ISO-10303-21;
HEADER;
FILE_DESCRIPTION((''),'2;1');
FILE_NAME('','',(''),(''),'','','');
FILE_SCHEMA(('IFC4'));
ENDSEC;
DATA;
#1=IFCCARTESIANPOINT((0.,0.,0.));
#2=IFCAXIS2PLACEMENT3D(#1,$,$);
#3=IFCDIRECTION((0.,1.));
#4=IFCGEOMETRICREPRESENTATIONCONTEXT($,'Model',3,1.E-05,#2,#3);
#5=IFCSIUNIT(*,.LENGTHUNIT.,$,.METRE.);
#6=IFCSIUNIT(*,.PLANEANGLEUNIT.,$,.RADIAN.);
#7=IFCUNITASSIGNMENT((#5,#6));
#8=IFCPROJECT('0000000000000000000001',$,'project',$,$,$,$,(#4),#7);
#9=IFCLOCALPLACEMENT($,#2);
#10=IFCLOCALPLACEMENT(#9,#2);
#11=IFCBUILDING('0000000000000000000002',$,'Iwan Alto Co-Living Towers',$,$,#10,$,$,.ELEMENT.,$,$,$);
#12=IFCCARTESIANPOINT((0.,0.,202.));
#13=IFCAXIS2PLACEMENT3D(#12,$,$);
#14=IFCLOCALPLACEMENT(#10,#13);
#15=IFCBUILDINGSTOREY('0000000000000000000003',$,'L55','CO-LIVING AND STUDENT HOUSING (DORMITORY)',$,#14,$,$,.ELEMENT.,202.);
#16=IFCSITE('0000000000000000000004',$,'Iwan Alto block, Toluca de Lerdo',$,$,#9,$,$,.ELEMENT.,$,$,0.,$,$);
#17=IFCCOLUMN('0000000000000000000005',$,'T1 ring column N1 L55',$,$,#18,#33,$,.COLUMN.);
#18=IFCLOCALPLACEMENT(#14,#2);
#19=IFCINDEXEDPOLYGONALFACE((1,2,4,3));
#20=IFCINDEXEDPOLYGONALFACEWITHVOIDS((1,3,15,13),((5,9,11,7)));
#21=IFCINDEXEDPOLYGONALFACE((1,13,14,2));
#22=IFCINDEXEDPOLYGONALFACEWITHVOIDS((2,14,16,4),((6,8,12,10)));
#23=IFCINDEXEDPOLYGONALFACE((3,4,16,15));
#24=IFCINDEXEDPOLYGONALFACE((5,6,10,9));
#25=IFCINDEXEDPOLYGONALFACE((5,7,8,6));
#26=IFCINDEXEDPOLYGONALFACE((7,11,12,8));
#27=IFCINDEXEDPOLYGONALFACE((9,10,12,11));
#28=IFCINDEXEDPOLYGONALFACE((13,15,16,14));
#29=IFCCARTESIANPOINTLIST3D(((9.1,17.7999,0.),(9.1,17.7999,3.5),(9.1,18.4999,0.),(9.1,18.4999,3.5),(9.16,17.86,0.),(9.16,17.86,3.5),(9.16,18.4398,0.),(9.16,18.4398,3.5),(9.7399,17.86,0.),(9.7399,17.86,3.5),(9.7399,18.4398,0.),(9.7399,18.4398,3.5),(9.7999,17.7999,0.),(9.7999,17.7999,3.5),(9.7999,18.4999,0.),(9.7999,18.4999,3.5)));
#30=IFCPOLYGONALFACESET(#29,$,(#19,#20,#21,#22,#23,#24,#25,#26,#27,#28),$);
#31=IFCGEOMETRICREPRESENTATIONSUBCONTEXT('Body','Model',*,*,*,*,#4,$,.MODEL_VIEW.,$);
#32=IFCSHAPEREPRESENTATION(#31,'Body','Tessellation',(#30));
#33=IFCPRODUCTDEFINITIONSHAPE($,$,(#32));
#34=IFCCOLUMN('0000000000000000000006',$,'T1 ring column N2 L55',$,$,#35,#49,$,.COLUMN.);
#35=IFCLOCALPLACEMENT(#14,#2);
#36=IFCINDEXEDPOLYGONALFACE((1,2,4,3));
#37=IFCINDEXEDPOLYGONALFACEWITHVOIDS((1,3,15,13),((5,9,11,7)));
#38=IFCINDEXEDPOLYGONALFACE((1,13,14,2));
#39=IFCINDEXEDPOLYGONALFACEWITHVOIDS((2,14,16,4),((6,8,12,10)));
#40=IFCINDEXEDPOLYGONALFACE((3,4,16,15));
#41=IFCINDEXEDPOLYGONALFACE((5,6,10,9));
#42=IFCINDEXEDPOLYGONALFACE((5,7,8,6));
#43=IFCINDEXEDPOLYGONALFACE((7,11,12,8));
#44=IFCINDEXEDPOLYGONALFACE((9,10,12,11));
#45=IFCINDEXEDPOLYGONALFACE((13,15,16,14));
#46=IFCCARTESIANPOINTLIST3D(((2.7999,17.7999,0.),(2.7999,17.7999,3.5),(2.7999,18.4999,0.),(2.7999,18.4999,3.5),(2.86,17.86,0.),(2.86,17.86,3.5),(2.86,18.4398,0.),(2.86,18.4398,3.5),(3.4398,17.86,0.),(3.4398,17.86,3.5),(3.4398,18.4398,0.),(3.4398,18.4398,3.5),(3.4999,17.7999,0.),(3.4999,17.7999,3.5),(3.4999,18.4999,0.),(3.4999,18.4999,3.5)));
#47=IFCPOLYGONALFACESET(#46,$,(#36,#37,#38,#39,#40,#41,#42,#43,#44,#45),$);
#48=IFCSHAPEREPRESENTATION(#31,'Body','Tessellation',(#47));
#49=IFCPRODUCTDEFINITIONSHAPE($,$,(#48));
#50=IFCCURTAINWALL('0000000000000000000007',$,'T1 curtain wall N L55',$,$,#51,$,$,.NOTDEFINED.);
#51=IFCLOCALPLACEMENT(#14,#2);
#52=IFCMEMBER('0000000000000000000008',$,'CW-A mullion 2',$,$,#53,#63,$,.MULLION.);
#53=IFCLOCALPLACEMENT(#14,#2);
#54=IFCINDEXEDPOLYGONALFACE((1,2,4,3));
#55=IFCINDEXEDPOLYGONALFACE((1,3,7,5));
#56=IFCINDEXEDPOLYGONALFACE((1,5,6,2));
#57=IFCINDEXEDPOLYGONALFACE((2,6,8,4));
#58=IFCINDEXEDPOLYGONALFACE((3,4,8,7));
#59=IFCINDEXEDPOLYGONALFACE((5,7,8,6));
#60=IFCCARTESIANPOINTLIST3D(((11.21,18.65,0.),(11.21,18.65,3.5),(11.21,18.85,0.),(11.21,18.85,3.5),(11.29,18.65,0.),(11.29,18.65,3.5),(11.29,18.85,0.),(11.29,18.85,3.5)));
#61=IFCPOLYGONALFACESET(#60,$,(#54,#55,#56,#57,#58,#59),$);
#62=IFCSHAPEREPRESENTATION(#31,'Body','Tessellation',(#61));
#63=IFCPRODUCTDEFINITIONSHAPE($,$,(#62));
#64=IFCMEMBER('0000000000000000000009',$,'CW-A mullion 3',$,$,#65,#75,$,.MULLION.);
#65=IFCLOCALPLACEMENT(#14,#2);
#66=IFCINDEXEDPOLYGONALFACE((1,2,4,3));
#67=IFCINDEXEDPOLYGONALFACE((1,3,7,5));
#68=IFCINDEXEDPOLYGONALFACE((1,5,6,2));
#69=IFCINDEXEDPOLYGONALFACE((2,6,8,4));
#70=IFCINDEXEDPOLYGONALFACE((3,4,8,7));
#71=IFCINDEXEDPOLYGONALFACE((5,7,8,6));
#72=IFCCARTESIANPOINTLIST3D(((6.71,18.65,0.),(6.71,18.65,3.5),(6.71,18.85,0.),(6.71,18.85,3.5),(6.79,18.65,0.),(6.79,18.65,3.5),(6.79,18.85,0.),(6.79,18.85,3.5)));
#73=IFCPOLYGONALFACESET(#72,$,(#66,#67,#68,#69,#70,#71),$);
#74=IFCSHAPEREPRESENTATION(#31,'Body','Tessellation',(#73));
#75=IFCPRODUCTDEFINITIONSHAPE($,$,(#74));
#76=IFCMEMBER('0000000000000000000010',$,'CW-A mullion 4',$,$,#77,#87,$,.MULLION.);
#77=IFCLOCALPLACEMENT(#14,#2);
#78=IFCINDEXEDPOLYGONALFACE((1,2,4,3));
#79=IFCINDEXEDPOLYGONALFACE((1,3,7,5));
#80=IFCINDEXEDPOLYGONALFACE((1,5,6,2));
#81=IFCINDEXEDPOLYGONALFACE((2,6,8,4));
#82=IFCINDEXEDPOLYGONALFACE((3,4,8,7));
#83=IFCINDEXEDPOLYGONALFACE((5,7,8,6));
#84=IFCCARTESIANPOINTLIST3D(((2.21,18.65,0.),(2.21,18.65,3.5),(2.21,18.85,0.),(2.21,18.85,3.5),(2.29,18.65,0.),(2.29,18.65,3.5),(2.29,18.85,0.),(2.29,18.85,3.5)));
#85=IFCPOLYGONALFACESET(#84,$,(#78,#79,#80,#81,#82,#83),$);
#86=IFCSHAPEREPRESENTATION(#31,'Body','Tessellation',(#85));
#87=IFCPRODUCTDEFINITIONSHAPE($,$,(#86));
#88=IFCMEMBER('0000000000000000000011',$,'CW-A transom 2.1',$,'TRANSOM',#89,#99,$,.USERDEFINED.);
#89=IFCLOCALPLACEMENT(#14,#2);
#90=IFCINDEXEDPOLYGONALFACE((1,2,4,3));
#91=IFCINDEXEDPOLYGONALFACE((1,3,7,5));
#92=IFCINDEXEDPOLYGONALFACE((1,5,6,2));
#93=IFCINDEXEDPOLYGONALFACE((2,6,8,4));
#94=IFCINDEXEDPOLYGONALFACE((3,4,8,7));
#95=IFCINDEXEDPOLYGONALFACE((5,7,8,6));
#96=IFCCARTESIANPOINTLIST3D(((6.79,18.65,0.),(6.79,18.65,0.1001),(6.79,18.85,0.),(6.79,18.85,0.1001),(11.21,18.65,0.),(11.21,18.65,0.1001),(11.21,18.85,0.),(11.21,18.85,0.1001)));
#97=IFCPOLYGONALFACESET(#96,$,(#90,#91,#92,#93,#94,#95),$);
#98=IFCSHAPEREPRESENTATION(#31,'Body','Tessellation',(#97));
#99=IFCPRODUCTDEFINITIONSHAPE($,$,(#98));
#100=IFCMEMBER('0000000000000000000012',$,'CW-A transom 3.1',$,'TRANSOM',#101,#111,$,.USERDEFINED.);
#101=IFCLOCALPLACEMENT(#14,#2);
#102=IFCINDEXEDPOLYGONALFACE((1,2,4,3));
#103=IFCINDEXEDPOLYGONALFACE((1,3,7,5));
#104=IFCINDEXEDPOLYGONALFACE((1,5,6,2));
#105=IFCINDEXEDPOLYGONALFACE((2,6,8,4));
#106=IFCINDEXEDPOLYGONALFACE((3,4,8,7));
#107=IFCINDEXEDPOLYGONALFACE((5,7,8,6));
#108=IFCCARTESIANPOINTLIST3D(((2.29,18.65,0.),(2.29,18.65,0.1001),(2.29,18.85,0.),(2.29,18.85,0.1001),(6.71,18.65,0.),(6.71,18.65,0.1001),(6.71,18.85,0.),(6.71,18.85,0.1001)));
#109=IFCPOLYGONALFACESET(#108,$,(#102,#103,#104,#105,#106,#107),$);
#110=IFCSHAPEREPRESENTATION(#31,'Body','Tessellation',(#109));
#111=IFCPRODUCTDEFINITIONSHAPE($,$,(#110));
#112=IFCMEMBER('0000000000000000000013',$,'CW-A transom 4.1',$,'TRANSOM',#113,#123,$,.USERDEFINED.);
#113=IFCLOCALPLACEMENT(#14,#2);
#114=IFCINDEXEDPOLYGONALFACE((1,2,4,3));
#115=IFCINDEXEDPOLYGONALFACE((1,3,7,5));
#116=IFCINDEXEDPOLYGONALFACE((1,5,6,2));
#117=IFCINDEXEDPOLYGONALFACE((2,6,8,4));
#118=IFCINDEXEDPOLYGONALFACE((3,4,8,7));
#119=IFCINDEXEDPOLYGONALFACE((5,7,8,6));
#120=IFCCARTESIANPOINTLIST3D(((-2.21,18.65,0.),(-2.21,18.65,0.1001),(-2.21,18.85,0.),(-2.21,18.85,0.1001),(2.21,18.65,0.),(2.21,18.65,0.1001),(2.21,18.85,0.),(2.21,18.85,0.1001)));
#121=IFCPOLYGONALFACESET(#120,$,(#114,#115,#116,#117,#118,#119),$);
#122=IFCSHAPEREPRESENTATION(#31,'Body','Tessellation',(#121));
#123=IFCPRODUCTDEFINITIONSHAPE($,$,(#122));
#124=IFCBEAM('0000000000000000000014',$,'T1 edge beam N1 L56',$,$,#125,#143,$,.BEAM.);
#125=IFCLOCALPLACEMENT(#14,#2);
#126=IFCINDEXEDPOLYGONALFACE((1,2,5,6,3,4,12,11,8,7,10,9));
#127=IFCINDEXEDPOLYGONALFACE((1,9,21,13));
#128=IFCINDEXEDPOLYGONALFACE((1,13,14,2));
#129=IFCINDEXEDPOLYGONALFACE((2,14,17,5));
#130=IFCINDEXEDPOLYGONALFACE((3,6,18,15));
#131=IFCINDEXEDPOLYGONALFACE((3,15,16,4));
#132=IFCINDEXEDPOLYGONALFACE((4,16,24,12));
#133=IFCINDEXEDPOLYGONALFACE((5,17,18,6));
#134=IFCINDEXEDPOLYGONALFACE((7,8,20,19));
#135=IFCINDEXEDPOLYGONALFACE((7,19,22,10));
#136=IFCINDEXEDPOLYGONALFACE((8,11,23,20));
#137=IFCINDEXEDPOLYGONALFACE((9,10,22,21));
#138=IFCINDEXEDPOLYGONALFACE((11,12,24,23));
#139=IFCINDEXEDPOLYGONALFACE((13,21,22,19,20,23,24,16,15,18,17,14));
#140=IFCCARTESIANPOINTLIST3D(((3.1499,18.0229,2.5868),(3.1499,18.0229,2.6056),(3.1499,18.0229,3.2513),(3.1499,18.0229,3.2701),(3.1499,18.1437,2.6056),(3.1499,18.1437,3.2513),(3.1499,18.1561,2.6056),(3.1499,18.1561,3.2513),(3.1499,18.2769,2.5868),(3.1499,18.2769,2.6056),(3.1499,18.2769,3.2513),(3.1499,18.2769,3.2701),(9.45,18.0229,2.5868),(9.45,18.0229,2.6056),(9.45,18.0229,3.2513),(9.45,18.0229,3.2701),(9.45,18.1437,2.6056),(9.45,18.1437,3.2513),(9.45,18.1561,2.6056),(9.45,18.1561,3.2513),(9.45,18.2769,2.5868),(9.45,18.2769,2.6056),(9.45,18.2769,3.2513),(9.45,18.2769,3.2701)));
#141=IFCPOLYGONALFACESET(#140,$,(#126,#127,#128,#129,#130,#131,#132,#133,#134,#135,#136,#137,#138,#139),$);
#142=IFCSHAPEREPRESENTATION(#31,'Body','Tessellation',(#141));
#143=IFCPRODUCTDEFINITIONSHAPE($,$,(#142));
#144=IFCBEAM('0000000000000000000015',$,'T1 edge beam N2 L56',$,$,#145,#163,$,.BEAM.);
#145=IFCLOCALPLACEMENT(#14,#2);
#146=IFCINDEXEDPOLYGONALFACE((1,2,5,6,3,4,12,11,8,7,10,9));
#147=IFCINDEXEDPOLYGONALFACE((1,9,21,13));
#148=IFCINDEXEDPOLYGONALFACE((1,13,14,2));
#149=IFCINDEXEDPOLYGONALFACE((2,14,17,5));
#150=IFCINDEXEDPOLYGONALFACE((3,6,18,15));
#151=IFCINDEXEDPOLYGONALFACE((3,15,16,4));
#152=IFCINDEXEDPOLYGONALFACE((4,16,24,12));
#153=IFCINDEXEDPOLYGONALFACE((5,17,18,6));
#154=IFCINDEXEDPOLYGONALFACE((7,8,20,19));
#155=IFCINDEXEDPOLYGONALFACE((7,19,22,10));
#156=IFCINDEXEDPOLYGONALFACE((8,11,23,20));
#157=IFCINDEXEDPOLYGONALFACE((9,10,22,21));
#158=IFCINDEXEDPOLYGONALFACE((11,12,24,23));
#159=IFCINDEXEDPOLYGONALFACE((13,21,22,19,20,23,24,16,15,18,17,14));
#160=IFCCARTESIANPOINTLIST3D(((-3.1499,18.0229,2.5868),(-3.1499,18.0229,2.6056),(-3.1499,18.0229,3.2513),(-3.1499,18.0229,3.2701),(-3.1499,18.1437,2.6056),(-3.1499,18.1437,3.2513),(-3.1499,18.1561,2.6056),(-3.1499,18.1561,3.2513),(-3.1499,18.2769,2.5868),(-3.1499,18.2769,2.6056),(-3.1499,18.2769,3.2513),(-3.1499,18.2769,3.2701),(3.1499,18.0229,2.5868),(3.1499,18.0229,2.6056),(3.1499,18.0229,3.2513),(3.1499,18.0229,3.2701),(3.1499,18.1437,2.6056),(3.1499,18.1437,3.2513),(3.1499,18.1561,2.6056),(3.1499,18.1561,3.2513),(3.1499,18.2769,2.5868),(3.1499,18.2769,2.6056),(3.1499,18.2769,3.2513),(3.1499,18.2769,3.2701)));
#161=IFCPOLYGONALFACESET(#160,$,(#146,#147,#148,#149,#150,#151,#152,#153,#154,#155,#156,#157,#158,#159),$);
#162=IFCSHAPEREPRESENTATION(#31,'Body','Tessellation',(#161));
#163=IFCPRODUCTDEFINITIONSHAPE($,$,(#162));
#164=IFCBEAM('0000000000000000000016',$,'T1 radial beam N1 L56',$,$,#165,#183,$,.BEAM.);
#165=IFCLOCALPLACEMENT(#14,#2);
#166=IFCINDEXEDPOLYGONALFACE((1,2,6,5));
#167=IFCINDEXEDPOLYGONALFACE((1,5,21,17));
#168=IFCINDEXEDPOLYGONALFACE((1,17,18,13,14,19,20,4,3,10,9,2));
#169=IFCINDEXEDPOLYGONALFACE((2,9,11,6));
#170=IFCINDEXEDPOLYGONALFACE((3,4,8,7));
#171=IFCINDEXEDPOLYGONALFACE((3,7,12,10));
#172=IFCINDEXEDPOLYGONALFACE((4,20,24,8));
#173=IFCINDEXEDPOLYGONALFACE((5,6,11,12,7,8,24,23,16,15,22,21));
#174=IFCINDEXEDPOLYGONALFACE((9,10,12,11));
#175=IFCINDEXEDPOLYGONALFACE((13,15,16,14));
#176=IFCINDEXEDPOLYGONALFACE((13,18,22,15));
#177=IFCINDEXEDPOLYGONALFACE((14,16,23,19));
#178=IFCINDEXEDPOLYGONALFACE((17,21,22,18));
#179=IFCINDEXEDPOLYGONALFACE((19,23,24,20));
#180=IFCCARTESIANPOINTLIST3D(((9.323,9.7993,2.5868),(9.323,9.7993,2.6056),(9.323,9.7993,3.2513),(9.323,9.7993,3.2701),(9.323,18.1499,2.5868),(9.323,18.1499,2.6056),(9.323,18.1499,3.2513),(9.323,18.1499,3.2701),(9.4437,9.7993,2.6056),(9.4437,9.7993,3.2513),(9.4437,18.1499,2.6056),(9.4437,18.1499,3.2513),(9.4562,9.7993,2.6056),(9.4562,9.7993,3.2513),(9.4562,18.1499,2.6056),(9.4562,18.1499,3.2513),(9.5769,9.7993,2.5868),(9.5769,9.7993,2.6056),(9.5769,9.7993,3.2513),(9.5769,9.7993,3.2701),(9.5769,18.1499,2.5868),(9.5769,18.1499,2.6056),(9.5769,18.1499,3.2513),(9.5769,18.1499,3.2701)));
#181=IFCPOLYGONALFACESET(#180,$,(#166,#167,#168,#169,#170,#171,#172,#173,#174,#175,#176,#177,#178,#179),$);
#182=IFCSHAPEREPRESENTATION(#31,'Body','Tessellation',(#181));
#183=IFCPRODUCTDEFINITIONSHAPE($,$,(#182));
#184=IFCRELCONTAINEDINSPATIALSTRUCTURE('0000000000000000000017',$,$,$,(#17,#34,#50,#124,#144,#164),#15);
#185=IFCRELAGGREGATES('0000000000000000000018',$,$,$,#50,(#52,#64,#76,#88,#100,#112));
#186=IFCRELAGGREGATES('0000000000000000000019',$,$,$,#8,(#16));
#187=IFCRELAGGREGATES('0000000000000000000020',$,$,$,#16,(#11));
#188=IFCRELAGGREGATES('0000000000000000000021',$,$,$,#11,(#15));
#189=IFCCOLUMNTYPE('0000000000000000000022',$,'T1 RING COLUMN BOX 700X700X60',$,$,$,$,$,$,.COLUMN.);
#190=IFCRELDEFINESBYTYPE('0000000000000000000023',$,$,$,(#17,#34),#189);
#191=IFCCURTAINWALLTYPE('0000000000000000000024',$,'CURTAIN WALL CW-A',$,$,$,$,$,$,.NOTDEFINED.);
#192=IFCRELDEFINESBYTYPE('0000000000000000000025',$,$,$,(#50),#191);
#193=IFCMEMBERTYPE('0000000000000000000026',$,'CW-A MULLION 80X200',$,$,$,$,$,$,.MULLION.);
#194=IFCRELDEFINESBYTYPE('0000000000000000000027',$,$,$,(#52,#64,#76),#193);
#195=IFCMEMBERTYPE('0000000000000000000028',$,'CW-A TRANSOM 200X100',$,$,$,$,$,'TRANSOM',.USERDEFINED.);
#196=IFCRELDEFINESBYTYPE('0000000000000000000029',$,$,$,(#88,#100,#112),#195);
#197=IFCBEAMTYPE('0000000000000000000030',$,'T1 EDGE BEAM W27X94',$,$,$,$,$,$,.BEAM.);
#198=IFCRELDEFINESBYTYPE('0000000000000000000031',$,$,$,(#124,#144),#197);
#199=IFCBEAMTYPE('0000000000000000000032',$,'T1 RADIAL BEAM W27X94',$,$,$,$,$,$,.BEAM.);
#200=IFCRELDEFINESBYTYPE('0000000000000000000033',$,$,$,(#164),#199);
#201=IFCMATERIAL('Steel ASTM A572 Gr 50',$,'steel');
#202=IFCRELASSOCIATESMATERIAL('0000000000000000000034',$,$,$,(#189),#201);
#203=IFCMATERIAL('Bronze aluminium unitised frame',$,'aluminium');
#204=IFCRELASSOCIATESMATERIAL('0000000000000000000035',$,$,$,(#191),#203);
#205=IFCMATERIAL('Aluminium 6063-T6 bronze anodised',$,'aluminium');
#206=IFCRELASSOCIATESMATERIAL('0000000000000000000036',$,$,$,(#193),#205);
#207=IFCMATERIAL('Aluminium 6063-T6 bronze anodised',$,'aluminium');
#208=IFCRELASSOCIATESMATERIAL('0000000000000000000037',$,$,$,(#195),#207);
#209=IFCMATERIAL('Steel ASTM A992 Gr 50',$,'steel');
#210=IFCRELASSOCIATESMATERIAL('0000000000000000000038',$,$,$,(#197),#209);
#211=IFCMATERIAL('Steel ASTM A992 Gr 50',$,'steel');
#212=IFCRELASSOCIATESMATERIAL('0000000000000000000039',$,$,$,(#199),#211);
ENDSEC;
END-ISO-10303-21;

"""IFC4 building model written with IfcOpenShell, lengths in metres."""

from ifc_helpers import new_model, si_unit, direction, frame, origin, origin_2d, place, context, subcontext, project, spatial, rectangle, hollow_rectangle, i_section, extrude, material, material_profile, profile_set, type_object, element, aggregate, save


model = new_model("IFC4")

# Units and contexts
model_context = context("Model", 3, precision=1e-05, world=origin(), true_north=direction((0.0, 1.0)))
body_context = subcontext(model_context, "Body", "Model", "MODEL_VIEW")
ifc_project = project(units=[si_unit("LENGTHUNIT", "METRE"), si_unit("PLANEANGLEUNIT", "RADIAN")], contexts=[model_context])

# Site, building, storey
site_placement = place(None, origin())
site = spatial("IfcSite", under=ifc_project, at=site_placement, Name="Iwan Alto block, Toluca de Lerdo", CompositionType="ELEMENT", RefElevation=0.0)
building_placement = place(site_placement, origin())
building = spatial("IfcBuilding", under=site, at=building_placement, Name="Iwan Alto Co-Living Towers", CompositionType="ELEMENT")
storey_placement = place(building_placement, frame((0.0, 0.0, 202.0)))
storey = spatial("IfcBuildingStorey", under=building, at=storey_placement, Name="L55", Description="CO-LIVING AND STUDENT HOUSING (DORMITORY)", CompositionType="ELEMENT", Elevation=202.0)

# Columns
ifc_material_1 = material(Name="Steel ASTM A572 Gr 50", Category="steel")
ifc_material_profile_1 = material_profile(ifc_material_1, hollow_rectangle(XDim=0.7, YDim=0.7, WallThickness=0.0601, at=origin_2d()), Name="BOX 700X700X60")
ifc_profile_set_1 = profile_set([ifc_material_profile_1], Name="Steel ASTM A572 Gr 50")
column_type = type_object("IfcColumnType", Name="T1 RING COLUMN BOX 700X700X60", PredefinedType="COLUMN", material=ifc_profile_set_1)
for number, where, z_axis, x_axis, name in (
    (1, (9.45, 18.1499, 0.0), (0.0, 0.0, 1.0), (1.0, 0.0, 0.0), "T1 ring column N1 L55"),
    (2, (3.1499, 18.1499, 0.0), (0.0, 0.0, 1.0), (1.0, 0.0, 0.0), "T1 ring column N2 L55"),
):
    element("IfcColumn", number, at=place(storey_placement, frame(where, z_axis=z_axis, x_axis=x_axis)), inside=storey, type_object=column_type, Name=name, PredefinedType="COLUMN", context=body_context, shape_type="SweptSolid", body=[
        extrude(hollow_rectangle(XDim=0.7, YDim=0.7, WallThickness=0.0601, at=origin_2d()), origin(), (0.0, 0.0, 1.0), 3.5),
    ])

# Curtain wall, members
ifc_material_2 = material(Name="Bronze aluminium unitised frame", Category="aluminium")
curtain_wall_type = type_object("IfcCurtainWallType", Name="CURTAIN WALL CW-A", PredefinedType="NOTDEFINED", material=ifc_material_2)
curtain_wall_placement = place(storey_placement, origin())
curtain_wall = element("IfcCurtainWall", 3, at=curtain_wall_placement, inside=storey, type_object=curtain_wall_type, Name="T1 curtain wall N L55", PredefinedType="NOTDEFINED")
ifc_material_3 = material(Name="Aluminium 6063-T6 bronze anodised", Category="aluminium")
ifc_material_profile_2 = material_profile(ifc_material_3, rectangle(XDim=0.2, YDim=0.0801, at=origin_2d()), Name="AL 80X200")
ifc_profile_set_2 = profile_set([ifc_material_profile_2], Name="Aluminium 6063-T6 bronze anodised")
member_type_1 = type_object("IfcMemberType", Name="CW-A MULLION 80X200", PredefinedType="MULLION", material=ifc_profile_set_2)
member_1_placement = place(storey_placement, frame((11.25, 18.75, 0.0), z_axis=(0.0, 0.0, 1.0), x_axis=(0.0, -1.0, 0.0)))
member_1 = element("IfcMember", 4, at=member_1_placement, type_object=member_type_1, Name="CW-A mullion 2", PredefinedType="MULLION", context=body_context, shape_type="SweptSolid", body=[
    extrude(rectangle(XDim=0.2, YDim=0.0801, at=origin_2d()), origin(), (0.0, 0.0, 1.0), 3.5),
])
member_2_placement = place(storey_placement, frame((6.75, 18.75, 0.0), z_axis=(0.0, 0.0, 1.0), x_axis=(0.0, -1.0, 0.0)))
member_2 = element("IfcMember", 5, at=member_2_placement, type_object=member_type_1, Name="CW-A mullion 3", PredefinedType="MULLION", context=body_context, shape_type="SweptSolid", body=[
    extrude(rectangle(XDim=0.2, YDim=0.0801, at=origin_2d()), origin(), (0.0, 0.0, 1.0), 3.5),
])
member_3_placement = place(storey_placement, frame((2.25, 18.75, 0.0), z_axis=(0.0, 0.0, 1.0), x_axis=(0.0, -1.0, 0.0)))
member_3 = element("IfcMember", 6, at=member_3_placement, type_object=member_type_1, Name="CW-A mullion 4", PredefinedType="MULLION", context=body_context, shape_type="SweptSolid", body=[
    extrude(rectangle(XDim=0.2, YDim=0.0801, at=origin_2d()), origin(), (0.0, 0.0, 1.0), 3.5),
])
ifc_material_4 = material(Name="Aluminium 6063-T6 bronze anodised", Category="aluminium")
ifc_material_profile_3 = material_profile(ifc_material_4, rectangle(XDim=0.2, YDim=0.1001, at=origin_2d()), Name="AL 200X100")
ifc_profile_set_3 = profile_set([ifc_material_profile_3], Name="Aluminium 6063-T6 bronze anodised")
member_type_2 = type_object("IfcMemberType", Name="CW-A TRANSOM 200X100", ElementType="TRANSOM", PredefinedType="USERDEFINED", material=ifc_profile_set_3)
member_4_placement = place(storey_placement, frame((11.21, 18.75, 0.05), z_axis=(-1.0, 0.0, 0.0), x_axis=(0.0, -1.0, 0.0)))
member_4 = element("IfcMember", 7, at=member_4_placement, type_object=member_type_2, Name="CW-A transom 2.1", ObjectType="TRANSOM", PredefinedType="USERDEFINED", context=body_context, shape_type="SweptSolid", body=[
    extrude(rectangle(XDim=0.2, YDim=0.1001, at=origin_2d()), origin(), (0.0, 0.0, 1.0), 4.4199),
])
member_5_placement = place(storey_placement, frame((6.71, 18.75, 0.05), z_axis=(-1.0, 0.0, 0.0), x_axis=(0.0, -1.0, 0.0)))
member_5 = element("IfcMember", 8, at=member_5_placement, type_object=member_type_2, Name="CW-A transom 3.1", ObjectType="TRANSOM", PredefinedType="USERDEFINED", context=body_context, shape_type="SweptSolid", body=[
    extrude(rectangle(XDim=0.2, YDim=0.1001, at=origin_2d()), origin(), (0.0, 0.0, 1.0), 4.4199),
])
member_6_placement = place(storey_placement, frame((2.21, 18.75, 0.05), z_axis=(-1.0, 0.0, 0.0), x_axis=(0.0, -1.0, 0.0)))
member_6 = element("IfcMember", 9, at=member_6_placement, type_object=member_type_2, Name="CW-A transom 4.1", ObjectType="TRANSOM", PredefinedType="USERDEFINED", context=body_context, shape_type="SweptSolid", body=[
    extrude(rectangle(XDim=0.2, YDim=0.1001, at=origin_2d()), origin(), (0.0, 0.0, 1.0), 4.4199),
])

# Beams
ifc_material_5 = material(Name="Steel ASTM A992 Gr 50", Category="steel")
ifc_material_profile_4 = material_profile(ifc_material_5, i_section(OverallWidth=0.2539, OverallDepth=0.6833, WebThickness=0.0125, FlangeThickness=0.0188, at=origin_2d()), Name="W27X94")
ifc_profile_set_4 = profile_set([ifc_material_profile_4], Name="Steel ASTM A992 Gr 50")
beam_type_1 = type_object("IfcBeamType", Name="T1 EDGE BEAM W27X94", PredefinedType="BEAM", material=ifc_profile_set_4)
beam_1_placement = place(storey_placement, frame((9.45, 18.1499, 2.9285), z_axis=(-1.0, 0.0, 0.0), x_axis=(0.0, -1.0, 0.0)))
element("IfcBeam", 10, at=beam_1_placement, inside=storey, type_object=beam_type_1, Name="T1 edge beam N1 L56", PredefinedType="BEAM", context=body_context, shape_type="SweptSolid", body=[
    extrude(i_section(OverallWidth=0.2539, OverallDepth=0.6833, WebThickness=0.0125, FlangeThickness=0.0188, at=origin_2d()), origin(), (0.0, 0.0, 1.0), 6.3),
])
beam_2_placement = place(storey_placement, frame((3.1499, 18.1499, 2.9285), z_axis=(-1.0, 0.0, 0.0), x_axis=(0.0, -1.0, 0.0)))
element("IfcBeam", 11, at=beam_2_placement, inside=storey, type_object=beam_type_1, Name="T1 edge beam N2 L56", PredefinedType="BEAM", context=body_context, shape_type="SweptSolid", body=[
    extrude(i_section(OverallWidth=0.2539, OverallDepth=0.6833, WebThickness=0.0125, FlangeThickness=0.0188, at=origin_2d()), origin(), (0.0, 0.0, 1.0), 6.2998),
])
ifc_material_6 = material(Name="Steel ASTM A992 Gr 50", Category="steel")
ifc_material_profile_5 = material_profile(ifc_material_6, i_section(OverallWidth=0.2539, OverallDepth=0.6833, WebThickness=0.0125, FlangeThickness=0.0188, at=origin_2d()), Name="W27X94")
ifc_profile_set_5 = profile_set([ifc_material_profile_5], Name="Steel ASTM A992 Gr 50")
beam_type_2 = type_object("IfcBeamType", Name="T1 RADIAL BEAM W27X94", PredefinedType="BEAM", material=ifc_profile_set_5)
for number, where, z_axis, x_axis, name in (
    (12, (9.45, 18.1499, 2.9285), (0.0, -1.0, 0.0), (1.0, 0.0, 0.0), "T1 radial beam N1 L56"),
):
    element("IfcBeam", number, at=place(storey_placement, frame(where, z_axis=z_axis, x_axis=x_axis)), inside=storey, type_object=beam_type_2, Name=name, PredefinedType="BEAM", context=body_context, shape_type="SweptSolid", body=[
        extrude(i_section(OverallWidth=0.2539, OverallDepth=0.6833, WebThickness=0.0125, FlangeThickness=0.0188, at=origin_2d()), origin(), (0.0, 0.0, 1.0), 8.3506),
    ])

aggregate(curtain_wall, [member_1, member_2, member_3, member_4, member_5, member_6])

save(model, "model.ifc")
